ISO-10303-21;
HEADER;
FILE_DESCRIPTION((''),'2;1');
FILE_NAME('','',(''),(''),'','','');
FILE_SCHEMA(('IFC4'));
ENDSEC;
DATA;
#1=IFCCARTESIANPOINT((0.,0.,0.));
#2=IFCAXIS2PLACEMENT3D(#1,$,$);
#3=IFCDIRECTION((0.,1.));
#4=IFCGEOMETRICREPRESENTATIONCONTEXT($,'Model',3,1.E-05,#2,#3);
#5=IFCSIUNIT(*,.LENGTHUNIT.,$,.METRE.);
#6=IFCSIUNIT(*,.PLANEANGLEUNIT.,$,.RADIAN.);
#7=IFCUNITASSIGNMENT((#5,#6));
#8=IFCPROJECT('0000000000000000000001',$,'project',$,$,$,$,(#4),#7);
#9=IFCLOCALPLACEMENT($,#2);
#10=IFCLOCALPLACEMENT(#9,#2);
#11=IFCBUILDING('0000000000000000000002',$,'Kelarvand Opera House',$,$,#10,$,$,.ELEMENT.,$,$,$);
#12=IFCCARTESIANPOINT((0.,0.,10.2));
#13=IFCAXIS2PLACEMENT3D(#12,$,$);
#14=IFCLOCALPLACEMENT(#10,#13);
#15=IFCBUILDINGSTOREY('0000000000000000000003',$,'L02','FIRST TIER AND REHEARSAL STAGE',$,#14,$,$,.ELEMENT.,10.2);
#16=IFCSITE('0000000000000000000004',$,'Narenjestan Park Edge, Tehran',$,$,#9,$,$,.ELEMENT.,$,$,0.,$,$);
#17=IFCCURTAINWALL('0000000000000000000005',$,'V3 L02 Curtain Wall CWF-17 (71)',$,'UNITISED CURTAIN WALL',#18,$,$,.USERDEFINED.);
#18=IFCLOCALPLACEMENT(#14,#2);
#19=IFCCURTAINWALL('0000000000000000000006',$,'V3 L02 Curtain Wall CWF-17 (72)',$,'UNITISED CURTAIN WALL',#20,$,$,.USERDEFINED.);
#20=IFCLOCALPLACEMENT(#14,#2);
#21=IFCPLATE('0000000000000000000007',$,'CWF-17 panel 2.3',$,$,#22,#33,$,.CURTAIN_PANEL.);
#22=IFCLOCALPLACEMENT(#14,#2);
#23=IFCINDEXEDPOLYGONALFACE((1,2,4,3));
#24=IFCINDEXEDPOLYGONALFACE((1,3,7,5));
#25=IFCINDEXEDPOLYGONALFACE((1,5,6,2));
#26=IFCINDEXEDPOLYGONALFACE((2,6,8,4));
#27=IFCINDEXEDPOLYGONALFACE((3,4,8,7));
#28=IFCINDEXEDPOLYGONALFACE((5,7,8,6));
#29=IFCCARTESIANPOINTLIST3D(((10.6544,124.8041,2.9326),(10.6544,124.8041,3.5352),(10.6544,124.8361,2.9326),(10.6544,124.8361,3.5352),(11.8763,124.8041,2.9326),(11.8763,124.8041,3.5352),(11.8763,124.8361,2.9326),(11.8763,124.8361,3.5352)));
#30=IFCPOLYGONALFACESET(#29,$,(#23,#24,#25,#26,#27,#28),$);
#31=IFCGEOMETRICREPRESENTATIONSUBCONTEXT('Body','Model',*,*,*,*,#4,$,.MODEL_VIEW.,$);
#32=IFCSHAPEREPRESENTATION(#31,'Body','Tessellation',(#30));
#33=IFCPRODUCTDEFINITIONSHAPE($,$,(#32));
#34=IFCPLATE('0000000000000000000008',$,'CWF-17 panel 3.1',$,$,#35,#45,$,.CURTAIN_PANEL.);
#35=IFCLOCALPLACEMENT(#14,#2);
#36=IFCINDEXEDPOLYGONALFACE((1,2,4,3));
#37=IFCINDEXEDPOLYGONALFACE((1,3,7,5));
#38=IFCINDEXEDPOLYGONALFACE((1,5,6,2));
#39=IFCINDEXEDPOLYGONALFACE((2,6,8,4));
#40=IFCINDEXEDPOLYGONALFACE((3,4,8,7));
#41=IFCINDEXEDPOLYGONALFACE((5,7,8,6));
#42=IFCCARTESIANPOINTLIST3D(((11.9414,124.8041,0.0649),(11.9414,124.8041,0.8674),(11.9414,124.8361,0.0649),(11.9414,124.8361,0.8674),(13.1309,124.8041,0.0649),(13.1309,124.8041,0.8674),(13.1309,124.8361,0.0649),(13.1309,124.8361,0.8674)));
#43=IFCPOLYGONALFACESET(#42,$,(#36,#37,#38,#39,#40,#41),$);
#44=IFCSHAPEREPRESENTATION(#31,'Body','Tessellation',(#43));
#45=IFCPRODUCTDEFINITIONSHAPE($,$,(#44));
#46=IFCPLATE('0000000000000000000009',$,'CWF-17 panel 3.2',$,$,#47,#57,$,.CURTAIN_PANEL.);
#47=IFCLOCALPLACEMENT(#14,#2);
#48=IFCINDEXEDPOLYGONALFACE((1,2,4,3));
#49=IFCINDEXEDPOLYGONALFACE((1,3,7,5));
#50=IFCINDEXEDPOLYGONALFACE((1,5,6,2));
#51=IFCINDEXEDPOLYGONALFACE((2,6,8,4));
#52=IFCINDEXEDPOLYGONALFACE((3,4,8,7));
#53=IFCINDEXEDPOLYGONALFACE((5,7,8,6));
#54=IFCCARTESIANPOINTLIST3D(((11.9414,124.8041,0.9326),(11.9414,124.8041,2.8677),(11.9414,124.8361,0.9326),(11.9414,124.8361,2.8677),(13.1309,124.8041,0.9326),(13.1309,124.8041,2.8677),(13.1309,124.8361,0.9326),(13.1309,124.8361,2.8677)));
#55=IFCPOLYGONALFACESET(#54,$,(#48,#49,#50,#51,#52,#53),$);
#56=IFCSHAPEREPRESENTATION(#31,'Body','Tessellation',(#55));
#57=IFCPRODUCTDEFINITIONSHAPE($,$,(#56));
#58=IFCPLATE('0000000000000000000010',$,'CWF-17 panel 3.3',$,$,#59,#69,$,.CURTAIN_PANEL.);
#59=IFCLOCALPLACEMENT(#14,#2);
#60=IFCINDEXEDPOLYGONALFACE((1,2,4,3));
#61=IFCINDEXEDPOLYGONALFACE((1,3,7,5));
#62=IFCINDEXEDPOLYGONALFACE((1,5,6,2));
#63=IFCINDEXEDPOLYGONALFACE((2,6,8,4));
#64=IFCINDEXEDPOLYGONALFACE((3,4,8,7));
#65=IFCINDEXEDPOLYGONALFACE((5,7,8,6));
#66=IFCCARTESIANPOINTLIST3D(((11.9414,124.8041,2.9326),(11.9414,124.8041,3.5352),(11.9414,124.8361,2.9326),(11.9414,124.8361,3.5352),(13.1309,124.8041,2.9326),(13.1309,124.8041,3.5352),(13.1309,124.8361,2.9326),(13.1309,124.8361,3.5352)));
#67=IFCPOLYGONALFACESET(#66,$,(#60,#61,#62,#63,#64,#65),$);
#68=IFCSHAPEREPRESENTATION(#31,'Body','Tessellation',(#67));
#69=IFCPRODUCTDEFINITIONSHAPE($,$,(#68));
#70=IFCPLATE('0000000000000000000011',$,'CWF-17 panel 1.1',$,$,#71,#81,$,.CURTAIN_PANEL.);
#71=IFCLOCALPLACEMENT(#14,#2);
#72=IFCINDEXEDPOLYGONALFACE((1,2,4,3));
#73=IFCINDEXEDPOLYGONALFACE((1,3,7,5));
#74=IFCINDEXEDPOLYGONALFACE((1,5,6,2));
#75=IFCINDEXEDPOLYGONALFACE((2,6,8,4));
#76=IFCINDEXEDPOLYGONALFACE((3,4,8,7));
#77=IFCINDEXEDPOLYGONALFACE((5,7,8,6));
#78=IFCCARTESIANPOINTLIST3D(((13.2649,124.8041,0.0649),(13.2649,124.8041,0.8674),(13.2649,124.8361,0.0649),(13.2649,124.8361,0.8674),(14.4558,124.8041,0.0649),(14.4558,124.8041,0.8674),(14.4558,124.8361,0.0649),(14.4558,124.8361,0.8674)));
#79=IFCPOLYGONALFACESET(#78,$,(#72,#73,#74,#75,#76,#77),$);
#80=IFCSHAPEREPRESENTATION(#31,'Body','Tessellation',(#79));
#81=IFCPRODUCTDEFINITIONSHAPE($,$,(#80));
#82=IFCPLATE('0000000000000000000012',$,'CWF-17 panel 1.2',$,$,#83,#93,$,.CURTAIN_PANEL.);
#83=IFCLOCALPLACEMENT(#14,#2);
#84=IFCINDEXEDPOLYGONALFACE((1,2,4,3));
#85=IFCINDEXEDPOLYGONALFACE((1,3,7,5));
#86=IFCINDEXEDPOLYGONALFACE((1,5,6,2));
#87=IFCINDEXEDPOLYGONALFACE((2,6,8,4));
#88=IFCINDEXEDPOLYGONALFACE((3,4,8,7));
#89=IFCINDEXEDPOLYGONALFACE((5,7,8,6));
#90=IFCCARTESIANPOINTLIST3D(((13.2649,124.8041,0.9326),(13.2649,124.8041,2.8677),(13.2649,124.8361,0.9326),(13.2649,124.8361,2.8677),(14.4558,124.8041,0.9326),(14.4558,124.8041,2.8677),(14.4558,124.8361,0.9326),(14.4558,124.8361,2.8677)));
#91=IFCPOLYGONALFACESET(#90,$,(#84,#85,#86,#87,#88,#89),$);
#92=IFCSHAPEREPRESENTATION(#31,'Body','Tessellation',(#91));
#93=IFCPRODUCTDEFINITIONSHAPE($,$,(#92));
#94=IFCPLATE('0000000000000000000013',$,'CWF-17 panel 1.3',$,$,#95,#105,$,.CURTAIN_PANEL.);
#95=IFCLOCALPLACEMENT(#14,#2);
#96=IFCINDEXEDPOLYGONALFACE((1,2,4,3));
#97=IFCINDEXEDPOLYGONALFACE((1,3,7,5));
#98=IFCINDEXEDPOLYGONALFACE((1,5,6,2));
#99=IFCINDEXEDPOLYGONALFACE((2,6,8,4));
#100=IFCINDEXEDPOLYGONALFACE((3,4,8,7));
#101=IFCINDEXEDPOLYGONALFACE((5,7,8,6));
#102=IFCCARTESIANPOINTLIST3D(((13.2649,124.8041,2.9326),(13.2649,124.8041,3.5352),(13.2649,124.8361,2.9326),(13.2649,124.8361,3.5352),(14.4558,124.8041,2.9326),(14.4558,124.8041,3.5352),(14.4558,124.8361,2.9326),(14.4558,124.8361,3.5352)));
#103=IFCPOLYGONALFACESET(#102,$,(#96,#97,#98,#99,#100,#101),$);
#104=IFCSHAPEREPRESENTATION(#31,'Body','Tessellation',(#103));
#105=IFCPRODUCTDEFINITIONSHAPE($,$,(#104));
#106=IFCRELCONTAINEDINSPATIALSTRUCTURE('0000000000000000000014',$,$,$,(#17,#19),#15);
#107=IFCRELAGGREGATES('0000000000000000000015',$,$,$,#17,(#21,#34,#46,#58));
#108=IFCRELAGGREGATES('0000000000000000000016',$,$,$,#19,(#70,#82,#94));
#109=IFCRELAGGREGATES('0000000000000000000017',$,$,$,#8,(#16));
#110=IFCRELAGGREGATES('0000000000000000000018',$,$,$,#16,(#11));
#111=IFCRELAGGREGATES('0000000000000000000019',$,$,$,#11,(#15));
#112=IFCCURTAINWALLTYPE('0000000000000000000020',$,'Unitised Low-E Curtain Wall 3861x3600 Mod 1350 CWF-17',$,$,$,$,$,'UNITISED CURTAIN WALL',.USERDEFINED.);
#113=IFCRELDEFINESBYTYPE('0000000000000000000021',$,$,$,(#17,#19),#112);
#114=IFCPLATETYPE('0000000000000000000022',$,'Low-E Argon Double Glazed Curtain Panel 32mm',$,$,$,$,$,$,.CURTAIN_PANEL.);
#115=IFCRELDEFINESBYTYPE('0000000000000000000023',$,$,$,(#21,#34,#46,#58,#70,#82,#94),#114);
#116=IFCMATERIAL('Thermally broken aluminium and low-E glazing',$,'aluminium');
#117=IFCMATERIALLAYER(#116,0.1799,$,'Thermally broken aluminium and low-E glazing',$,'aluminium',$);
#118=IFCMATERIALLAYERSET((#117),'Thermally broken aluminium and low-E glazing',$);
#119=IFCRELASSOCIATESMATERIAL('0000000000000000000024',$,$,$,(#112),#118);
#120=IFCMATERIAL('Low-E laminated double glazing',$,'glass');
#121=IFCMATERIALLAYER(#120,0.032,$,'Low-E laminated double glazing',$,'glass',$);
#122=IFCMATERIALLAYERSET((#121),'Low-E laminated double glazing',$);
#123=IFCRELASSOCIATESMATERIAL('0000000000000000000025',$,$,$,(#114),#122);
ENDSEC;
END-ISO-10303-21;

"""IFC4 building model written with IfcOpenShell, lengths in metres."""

from ifc_helpers import new_model, si_unit, direction, frame, origin, origin_2d, place, context, subcontext, project, spatial, rectangle, extrude, material, layer, layer_set, type_object, element, aggregate, save


model = new_model("IFC4")

# Units and contexts
model_context = context("Model", 3, precision=1e-05, world=origin(), true_north=direction((0.0, 1.0)))
body_context = subcontext(model_context, "Body", "Model", "MODEL_VIEW")
ifc_project = project(units=[si_unit("LENGTHUNIT", "METRE"), si_unit("PLANEANGLEUNIT", "RADIAN")], contexts=[model_context])

# Site, building, storey
site_placement = place(None, origin())
site = spatial("IfcSite", under=ifc_project, at=site_placement, Name="Narenjestan Park Edge, Tehran", CompositionType="ELEMENT", RefElevation=0.0)
building_placement = place(site_placement, origin())
building = spatial("IfcBuilding", under=site, at=building_placement, Name="Kelarvand Opera House", CompositionType="ELEMENT")
storey_placement = place(building_placement, frame((0.0, 0.0, 10.2)))
storey = spatial("IfcBuildingStorey", under=building, at=storey_placement, Name="L02", Description="FIRST TIER AND REHEARSAL STAGE", CompositionType="ELEMENT", Elevation=10.2)

# Curtain walls
ifc_material_1 = material(Name="Thermally broken aluminium and low-E glazing", Category="aluminium")
ifc_layer_1 = layer(ifc_material_1, 0.1799, Name="Thermally broken aluminium and low-E glazing", Category="aluminium")
ifc_layer_set_1 = layer_set([ifc_layer_1], Name="Thermally broken aluminium and low-E glazing")
curtain_wall_type = type_object("IfcCurtainWallType", Name="Unitised Low-E Curtain Wall 3861x3600 Mod 1350 CWF-17", ElementType="UNITISED CURTAIN WALL", PredefinedType="USERDEFINED", material=ifc_layer_set_1)
curtain_wall_1_placement = place(storey_placement, origin())
curtain_wall_1 = element("IfcCurtainWall", 1, at=curtain_wall_1_placement, inside=storey, type_object=curtain_wall_type, Name="V3 L02 Curtain Wall CWF-17 (71)", ObjectType="UNITISED CURTAIN WALL", PredefinedType="USERDEFINED")
curtain_wall_2_placement = place(storey_placement, origin())
curtain_wall_2 = element("IfcCurtainWall", 2, at=curtain_wall_2_placement, inside=storey, type_object=curtain_wall_type, Name="V3 L02 Curtain Wall CWF-17 (72)", ObjectType="UNITISED CURTAIN WALL", PredefinedType="USERDEFINED")

# Plates
ifc_material_2 = material(Name="Low-E laminated double glazing", Category="glass")
ifc_layer_2 = layer(ifc_material_2, 0.032, Name="Low-E laminated double glazing", Category="glass")
ifc_layer_set_2 = layer_set([ifc_layer_2], Name="Low-E laminated double glazing")
plate_type = type_object("IfcPlateType", Name="Low-E Argon Double Glazed Curtain Panel 32mm", PredefinedType="CURTAIN_PANEL", material=ifc_layer_set_2)
plate_1_placement = place(storey_placement, frame((11.2654, 124.8201, 2.9326), z_axis=(0.0, 0.0, 1.0), x_axis=(1.0, 0.0, 0.0)))
plate_1 = element("IfcPlate", 3, at=plate_1_placement, type_object=plate_type, Name="CWF-17 panel 2.3", PredefinedType="CURTAIN_PANEL", context=body_context, shape_type="SweptSolid", body=[
    extrude(rectangle(XDim=1.2219, YDim=0.032, at=origin_2d()), origin(), (0.0, 0.0, 1.0), 0.6025),
])
plate_2_placement = place(storey_placement, frame((12.5361, 124.8201, 0.0649), z_axis=(0.0, 0.0, 1.0), x_axis=(1.0, 0.0, 0.0)))
plate_2 = element("IfcPlate", 4, at=plate_2_placement, type_object=plate_type, Name="CWF-17 panel 3.1", PredefinedType="CURTAIN_PANEL", context=body_context, shape_type="SweptSolid", body=[
    extrude(rectangle(XDim=1.1895, YDim=0.032, at=origin_2d()), origin(), (0.0, 0.0, 1.0), 0.8025),
])
plate_3_placement = place(storey_placement, frame((12.5361, 124.8201, 0.9326), z_axis=(0.0, 0.0, 1.0), x_axis=(1.0, 0.0, 0.0)))
plate_3 = element("IfcPlate", 5, at=plate_3_placement, type_object=plate_type, Name="CWF-17 panel 3.2", PredefinedType="CURTAIN_PANEL", context=body_context, shape_type="SweptSolid", body=[
    extrude(rectangle(XDim=1.1895, YDim=0.032, at=origin_2d()), origin(), (0.0, 0.0, 1.0), 1.9351),
])
plate_4_placement = place(storey_placement, frame((12.5361, 124.8201, 2.9326), z_axis=(0.0, 0.0, 1.0), x_axis=(1.0, 0.0, 0.0)))
plate_4 = element("IfcPlate", 6, at=plate_4_placement, type_object=plate_type, Name="CWF-17 panel 3.3", PredefinedType="CURTAIN_PANEL", context=body_context, shape_type="SweptSolid", body=[
    extrude(rectangle(XDim=1.1895, YDim=0.032, at=origin_2d()), origin(), (0.0, 0.0, 1.0), 0.6025),
])
aggregate(curtain_wall_1, [plate_1, plate_2, plate_3, plate_4])
plate_5_placement = place(storey_placement, frame((13.8604, 124.8201, 0.0649), z_axis=(0.0, 0.0, 1.0), x_axis=(1.0, 0.0, 0.0)))
plate_5 = element("IfcPlate", 7, at=plate_5_placement, type_object=plate_type, Name="CWF-17 panel 1.1", PredefinedType="CURTAIN_PANEL", context=body_context, shape_type="SweptSolid", body=[
    extrude(rectangle(XDim=1.1909, YDim=0.032, at=origin_2d()), origin(), (0.0, 0.0, 1.0), 0.8025),
])
plate_6_placement = place(storey_placement, frame((13.8604, 124.8201, 0.9326), z_axis=(0.0, 0.0, 1.0), x_axis=(1.0, 0.0, 0.0)))
plate_6 = element("IfcPlate", 8, at=plate_6_placement, type_object=plate_type, Name="CWF-17 panel 1.2", PredefinedType="CURTAIN_PANEL", context=body_context, shape_type="SweptSolid", body=[
    extrude(rectangle(XDim=1.1909, YDim=0.032, at=origin_2d()), origin(), (0.0, 0.0, 1.0), 1.9351),
])
plate_7_placement = place(storey_placement, frame((13.8604, 124.8201, 2.9326), z_axis=(0.0, 0.0, 1.0), x_axis=(1.0, 0.0, 0.0)))
plate_7 = element("IfcPlate", 9, at=plate_7_placement, type_object=plate_type, Name="CWF-17 panel 1.3", PredefinedType="CURTAIN_PANEL", context=body_context, shape_type="SweptSolid", body=[
    extrude(rectangle(XDim=1.1909, YDim=0.032, at=origin_2d()), origin(), (0.0, 0.0, 1.0), 0.6025),
])
aggregate(curtain_wall_2, [plate_5, plate_6, plate_7])

save(model, "model.ifc")
